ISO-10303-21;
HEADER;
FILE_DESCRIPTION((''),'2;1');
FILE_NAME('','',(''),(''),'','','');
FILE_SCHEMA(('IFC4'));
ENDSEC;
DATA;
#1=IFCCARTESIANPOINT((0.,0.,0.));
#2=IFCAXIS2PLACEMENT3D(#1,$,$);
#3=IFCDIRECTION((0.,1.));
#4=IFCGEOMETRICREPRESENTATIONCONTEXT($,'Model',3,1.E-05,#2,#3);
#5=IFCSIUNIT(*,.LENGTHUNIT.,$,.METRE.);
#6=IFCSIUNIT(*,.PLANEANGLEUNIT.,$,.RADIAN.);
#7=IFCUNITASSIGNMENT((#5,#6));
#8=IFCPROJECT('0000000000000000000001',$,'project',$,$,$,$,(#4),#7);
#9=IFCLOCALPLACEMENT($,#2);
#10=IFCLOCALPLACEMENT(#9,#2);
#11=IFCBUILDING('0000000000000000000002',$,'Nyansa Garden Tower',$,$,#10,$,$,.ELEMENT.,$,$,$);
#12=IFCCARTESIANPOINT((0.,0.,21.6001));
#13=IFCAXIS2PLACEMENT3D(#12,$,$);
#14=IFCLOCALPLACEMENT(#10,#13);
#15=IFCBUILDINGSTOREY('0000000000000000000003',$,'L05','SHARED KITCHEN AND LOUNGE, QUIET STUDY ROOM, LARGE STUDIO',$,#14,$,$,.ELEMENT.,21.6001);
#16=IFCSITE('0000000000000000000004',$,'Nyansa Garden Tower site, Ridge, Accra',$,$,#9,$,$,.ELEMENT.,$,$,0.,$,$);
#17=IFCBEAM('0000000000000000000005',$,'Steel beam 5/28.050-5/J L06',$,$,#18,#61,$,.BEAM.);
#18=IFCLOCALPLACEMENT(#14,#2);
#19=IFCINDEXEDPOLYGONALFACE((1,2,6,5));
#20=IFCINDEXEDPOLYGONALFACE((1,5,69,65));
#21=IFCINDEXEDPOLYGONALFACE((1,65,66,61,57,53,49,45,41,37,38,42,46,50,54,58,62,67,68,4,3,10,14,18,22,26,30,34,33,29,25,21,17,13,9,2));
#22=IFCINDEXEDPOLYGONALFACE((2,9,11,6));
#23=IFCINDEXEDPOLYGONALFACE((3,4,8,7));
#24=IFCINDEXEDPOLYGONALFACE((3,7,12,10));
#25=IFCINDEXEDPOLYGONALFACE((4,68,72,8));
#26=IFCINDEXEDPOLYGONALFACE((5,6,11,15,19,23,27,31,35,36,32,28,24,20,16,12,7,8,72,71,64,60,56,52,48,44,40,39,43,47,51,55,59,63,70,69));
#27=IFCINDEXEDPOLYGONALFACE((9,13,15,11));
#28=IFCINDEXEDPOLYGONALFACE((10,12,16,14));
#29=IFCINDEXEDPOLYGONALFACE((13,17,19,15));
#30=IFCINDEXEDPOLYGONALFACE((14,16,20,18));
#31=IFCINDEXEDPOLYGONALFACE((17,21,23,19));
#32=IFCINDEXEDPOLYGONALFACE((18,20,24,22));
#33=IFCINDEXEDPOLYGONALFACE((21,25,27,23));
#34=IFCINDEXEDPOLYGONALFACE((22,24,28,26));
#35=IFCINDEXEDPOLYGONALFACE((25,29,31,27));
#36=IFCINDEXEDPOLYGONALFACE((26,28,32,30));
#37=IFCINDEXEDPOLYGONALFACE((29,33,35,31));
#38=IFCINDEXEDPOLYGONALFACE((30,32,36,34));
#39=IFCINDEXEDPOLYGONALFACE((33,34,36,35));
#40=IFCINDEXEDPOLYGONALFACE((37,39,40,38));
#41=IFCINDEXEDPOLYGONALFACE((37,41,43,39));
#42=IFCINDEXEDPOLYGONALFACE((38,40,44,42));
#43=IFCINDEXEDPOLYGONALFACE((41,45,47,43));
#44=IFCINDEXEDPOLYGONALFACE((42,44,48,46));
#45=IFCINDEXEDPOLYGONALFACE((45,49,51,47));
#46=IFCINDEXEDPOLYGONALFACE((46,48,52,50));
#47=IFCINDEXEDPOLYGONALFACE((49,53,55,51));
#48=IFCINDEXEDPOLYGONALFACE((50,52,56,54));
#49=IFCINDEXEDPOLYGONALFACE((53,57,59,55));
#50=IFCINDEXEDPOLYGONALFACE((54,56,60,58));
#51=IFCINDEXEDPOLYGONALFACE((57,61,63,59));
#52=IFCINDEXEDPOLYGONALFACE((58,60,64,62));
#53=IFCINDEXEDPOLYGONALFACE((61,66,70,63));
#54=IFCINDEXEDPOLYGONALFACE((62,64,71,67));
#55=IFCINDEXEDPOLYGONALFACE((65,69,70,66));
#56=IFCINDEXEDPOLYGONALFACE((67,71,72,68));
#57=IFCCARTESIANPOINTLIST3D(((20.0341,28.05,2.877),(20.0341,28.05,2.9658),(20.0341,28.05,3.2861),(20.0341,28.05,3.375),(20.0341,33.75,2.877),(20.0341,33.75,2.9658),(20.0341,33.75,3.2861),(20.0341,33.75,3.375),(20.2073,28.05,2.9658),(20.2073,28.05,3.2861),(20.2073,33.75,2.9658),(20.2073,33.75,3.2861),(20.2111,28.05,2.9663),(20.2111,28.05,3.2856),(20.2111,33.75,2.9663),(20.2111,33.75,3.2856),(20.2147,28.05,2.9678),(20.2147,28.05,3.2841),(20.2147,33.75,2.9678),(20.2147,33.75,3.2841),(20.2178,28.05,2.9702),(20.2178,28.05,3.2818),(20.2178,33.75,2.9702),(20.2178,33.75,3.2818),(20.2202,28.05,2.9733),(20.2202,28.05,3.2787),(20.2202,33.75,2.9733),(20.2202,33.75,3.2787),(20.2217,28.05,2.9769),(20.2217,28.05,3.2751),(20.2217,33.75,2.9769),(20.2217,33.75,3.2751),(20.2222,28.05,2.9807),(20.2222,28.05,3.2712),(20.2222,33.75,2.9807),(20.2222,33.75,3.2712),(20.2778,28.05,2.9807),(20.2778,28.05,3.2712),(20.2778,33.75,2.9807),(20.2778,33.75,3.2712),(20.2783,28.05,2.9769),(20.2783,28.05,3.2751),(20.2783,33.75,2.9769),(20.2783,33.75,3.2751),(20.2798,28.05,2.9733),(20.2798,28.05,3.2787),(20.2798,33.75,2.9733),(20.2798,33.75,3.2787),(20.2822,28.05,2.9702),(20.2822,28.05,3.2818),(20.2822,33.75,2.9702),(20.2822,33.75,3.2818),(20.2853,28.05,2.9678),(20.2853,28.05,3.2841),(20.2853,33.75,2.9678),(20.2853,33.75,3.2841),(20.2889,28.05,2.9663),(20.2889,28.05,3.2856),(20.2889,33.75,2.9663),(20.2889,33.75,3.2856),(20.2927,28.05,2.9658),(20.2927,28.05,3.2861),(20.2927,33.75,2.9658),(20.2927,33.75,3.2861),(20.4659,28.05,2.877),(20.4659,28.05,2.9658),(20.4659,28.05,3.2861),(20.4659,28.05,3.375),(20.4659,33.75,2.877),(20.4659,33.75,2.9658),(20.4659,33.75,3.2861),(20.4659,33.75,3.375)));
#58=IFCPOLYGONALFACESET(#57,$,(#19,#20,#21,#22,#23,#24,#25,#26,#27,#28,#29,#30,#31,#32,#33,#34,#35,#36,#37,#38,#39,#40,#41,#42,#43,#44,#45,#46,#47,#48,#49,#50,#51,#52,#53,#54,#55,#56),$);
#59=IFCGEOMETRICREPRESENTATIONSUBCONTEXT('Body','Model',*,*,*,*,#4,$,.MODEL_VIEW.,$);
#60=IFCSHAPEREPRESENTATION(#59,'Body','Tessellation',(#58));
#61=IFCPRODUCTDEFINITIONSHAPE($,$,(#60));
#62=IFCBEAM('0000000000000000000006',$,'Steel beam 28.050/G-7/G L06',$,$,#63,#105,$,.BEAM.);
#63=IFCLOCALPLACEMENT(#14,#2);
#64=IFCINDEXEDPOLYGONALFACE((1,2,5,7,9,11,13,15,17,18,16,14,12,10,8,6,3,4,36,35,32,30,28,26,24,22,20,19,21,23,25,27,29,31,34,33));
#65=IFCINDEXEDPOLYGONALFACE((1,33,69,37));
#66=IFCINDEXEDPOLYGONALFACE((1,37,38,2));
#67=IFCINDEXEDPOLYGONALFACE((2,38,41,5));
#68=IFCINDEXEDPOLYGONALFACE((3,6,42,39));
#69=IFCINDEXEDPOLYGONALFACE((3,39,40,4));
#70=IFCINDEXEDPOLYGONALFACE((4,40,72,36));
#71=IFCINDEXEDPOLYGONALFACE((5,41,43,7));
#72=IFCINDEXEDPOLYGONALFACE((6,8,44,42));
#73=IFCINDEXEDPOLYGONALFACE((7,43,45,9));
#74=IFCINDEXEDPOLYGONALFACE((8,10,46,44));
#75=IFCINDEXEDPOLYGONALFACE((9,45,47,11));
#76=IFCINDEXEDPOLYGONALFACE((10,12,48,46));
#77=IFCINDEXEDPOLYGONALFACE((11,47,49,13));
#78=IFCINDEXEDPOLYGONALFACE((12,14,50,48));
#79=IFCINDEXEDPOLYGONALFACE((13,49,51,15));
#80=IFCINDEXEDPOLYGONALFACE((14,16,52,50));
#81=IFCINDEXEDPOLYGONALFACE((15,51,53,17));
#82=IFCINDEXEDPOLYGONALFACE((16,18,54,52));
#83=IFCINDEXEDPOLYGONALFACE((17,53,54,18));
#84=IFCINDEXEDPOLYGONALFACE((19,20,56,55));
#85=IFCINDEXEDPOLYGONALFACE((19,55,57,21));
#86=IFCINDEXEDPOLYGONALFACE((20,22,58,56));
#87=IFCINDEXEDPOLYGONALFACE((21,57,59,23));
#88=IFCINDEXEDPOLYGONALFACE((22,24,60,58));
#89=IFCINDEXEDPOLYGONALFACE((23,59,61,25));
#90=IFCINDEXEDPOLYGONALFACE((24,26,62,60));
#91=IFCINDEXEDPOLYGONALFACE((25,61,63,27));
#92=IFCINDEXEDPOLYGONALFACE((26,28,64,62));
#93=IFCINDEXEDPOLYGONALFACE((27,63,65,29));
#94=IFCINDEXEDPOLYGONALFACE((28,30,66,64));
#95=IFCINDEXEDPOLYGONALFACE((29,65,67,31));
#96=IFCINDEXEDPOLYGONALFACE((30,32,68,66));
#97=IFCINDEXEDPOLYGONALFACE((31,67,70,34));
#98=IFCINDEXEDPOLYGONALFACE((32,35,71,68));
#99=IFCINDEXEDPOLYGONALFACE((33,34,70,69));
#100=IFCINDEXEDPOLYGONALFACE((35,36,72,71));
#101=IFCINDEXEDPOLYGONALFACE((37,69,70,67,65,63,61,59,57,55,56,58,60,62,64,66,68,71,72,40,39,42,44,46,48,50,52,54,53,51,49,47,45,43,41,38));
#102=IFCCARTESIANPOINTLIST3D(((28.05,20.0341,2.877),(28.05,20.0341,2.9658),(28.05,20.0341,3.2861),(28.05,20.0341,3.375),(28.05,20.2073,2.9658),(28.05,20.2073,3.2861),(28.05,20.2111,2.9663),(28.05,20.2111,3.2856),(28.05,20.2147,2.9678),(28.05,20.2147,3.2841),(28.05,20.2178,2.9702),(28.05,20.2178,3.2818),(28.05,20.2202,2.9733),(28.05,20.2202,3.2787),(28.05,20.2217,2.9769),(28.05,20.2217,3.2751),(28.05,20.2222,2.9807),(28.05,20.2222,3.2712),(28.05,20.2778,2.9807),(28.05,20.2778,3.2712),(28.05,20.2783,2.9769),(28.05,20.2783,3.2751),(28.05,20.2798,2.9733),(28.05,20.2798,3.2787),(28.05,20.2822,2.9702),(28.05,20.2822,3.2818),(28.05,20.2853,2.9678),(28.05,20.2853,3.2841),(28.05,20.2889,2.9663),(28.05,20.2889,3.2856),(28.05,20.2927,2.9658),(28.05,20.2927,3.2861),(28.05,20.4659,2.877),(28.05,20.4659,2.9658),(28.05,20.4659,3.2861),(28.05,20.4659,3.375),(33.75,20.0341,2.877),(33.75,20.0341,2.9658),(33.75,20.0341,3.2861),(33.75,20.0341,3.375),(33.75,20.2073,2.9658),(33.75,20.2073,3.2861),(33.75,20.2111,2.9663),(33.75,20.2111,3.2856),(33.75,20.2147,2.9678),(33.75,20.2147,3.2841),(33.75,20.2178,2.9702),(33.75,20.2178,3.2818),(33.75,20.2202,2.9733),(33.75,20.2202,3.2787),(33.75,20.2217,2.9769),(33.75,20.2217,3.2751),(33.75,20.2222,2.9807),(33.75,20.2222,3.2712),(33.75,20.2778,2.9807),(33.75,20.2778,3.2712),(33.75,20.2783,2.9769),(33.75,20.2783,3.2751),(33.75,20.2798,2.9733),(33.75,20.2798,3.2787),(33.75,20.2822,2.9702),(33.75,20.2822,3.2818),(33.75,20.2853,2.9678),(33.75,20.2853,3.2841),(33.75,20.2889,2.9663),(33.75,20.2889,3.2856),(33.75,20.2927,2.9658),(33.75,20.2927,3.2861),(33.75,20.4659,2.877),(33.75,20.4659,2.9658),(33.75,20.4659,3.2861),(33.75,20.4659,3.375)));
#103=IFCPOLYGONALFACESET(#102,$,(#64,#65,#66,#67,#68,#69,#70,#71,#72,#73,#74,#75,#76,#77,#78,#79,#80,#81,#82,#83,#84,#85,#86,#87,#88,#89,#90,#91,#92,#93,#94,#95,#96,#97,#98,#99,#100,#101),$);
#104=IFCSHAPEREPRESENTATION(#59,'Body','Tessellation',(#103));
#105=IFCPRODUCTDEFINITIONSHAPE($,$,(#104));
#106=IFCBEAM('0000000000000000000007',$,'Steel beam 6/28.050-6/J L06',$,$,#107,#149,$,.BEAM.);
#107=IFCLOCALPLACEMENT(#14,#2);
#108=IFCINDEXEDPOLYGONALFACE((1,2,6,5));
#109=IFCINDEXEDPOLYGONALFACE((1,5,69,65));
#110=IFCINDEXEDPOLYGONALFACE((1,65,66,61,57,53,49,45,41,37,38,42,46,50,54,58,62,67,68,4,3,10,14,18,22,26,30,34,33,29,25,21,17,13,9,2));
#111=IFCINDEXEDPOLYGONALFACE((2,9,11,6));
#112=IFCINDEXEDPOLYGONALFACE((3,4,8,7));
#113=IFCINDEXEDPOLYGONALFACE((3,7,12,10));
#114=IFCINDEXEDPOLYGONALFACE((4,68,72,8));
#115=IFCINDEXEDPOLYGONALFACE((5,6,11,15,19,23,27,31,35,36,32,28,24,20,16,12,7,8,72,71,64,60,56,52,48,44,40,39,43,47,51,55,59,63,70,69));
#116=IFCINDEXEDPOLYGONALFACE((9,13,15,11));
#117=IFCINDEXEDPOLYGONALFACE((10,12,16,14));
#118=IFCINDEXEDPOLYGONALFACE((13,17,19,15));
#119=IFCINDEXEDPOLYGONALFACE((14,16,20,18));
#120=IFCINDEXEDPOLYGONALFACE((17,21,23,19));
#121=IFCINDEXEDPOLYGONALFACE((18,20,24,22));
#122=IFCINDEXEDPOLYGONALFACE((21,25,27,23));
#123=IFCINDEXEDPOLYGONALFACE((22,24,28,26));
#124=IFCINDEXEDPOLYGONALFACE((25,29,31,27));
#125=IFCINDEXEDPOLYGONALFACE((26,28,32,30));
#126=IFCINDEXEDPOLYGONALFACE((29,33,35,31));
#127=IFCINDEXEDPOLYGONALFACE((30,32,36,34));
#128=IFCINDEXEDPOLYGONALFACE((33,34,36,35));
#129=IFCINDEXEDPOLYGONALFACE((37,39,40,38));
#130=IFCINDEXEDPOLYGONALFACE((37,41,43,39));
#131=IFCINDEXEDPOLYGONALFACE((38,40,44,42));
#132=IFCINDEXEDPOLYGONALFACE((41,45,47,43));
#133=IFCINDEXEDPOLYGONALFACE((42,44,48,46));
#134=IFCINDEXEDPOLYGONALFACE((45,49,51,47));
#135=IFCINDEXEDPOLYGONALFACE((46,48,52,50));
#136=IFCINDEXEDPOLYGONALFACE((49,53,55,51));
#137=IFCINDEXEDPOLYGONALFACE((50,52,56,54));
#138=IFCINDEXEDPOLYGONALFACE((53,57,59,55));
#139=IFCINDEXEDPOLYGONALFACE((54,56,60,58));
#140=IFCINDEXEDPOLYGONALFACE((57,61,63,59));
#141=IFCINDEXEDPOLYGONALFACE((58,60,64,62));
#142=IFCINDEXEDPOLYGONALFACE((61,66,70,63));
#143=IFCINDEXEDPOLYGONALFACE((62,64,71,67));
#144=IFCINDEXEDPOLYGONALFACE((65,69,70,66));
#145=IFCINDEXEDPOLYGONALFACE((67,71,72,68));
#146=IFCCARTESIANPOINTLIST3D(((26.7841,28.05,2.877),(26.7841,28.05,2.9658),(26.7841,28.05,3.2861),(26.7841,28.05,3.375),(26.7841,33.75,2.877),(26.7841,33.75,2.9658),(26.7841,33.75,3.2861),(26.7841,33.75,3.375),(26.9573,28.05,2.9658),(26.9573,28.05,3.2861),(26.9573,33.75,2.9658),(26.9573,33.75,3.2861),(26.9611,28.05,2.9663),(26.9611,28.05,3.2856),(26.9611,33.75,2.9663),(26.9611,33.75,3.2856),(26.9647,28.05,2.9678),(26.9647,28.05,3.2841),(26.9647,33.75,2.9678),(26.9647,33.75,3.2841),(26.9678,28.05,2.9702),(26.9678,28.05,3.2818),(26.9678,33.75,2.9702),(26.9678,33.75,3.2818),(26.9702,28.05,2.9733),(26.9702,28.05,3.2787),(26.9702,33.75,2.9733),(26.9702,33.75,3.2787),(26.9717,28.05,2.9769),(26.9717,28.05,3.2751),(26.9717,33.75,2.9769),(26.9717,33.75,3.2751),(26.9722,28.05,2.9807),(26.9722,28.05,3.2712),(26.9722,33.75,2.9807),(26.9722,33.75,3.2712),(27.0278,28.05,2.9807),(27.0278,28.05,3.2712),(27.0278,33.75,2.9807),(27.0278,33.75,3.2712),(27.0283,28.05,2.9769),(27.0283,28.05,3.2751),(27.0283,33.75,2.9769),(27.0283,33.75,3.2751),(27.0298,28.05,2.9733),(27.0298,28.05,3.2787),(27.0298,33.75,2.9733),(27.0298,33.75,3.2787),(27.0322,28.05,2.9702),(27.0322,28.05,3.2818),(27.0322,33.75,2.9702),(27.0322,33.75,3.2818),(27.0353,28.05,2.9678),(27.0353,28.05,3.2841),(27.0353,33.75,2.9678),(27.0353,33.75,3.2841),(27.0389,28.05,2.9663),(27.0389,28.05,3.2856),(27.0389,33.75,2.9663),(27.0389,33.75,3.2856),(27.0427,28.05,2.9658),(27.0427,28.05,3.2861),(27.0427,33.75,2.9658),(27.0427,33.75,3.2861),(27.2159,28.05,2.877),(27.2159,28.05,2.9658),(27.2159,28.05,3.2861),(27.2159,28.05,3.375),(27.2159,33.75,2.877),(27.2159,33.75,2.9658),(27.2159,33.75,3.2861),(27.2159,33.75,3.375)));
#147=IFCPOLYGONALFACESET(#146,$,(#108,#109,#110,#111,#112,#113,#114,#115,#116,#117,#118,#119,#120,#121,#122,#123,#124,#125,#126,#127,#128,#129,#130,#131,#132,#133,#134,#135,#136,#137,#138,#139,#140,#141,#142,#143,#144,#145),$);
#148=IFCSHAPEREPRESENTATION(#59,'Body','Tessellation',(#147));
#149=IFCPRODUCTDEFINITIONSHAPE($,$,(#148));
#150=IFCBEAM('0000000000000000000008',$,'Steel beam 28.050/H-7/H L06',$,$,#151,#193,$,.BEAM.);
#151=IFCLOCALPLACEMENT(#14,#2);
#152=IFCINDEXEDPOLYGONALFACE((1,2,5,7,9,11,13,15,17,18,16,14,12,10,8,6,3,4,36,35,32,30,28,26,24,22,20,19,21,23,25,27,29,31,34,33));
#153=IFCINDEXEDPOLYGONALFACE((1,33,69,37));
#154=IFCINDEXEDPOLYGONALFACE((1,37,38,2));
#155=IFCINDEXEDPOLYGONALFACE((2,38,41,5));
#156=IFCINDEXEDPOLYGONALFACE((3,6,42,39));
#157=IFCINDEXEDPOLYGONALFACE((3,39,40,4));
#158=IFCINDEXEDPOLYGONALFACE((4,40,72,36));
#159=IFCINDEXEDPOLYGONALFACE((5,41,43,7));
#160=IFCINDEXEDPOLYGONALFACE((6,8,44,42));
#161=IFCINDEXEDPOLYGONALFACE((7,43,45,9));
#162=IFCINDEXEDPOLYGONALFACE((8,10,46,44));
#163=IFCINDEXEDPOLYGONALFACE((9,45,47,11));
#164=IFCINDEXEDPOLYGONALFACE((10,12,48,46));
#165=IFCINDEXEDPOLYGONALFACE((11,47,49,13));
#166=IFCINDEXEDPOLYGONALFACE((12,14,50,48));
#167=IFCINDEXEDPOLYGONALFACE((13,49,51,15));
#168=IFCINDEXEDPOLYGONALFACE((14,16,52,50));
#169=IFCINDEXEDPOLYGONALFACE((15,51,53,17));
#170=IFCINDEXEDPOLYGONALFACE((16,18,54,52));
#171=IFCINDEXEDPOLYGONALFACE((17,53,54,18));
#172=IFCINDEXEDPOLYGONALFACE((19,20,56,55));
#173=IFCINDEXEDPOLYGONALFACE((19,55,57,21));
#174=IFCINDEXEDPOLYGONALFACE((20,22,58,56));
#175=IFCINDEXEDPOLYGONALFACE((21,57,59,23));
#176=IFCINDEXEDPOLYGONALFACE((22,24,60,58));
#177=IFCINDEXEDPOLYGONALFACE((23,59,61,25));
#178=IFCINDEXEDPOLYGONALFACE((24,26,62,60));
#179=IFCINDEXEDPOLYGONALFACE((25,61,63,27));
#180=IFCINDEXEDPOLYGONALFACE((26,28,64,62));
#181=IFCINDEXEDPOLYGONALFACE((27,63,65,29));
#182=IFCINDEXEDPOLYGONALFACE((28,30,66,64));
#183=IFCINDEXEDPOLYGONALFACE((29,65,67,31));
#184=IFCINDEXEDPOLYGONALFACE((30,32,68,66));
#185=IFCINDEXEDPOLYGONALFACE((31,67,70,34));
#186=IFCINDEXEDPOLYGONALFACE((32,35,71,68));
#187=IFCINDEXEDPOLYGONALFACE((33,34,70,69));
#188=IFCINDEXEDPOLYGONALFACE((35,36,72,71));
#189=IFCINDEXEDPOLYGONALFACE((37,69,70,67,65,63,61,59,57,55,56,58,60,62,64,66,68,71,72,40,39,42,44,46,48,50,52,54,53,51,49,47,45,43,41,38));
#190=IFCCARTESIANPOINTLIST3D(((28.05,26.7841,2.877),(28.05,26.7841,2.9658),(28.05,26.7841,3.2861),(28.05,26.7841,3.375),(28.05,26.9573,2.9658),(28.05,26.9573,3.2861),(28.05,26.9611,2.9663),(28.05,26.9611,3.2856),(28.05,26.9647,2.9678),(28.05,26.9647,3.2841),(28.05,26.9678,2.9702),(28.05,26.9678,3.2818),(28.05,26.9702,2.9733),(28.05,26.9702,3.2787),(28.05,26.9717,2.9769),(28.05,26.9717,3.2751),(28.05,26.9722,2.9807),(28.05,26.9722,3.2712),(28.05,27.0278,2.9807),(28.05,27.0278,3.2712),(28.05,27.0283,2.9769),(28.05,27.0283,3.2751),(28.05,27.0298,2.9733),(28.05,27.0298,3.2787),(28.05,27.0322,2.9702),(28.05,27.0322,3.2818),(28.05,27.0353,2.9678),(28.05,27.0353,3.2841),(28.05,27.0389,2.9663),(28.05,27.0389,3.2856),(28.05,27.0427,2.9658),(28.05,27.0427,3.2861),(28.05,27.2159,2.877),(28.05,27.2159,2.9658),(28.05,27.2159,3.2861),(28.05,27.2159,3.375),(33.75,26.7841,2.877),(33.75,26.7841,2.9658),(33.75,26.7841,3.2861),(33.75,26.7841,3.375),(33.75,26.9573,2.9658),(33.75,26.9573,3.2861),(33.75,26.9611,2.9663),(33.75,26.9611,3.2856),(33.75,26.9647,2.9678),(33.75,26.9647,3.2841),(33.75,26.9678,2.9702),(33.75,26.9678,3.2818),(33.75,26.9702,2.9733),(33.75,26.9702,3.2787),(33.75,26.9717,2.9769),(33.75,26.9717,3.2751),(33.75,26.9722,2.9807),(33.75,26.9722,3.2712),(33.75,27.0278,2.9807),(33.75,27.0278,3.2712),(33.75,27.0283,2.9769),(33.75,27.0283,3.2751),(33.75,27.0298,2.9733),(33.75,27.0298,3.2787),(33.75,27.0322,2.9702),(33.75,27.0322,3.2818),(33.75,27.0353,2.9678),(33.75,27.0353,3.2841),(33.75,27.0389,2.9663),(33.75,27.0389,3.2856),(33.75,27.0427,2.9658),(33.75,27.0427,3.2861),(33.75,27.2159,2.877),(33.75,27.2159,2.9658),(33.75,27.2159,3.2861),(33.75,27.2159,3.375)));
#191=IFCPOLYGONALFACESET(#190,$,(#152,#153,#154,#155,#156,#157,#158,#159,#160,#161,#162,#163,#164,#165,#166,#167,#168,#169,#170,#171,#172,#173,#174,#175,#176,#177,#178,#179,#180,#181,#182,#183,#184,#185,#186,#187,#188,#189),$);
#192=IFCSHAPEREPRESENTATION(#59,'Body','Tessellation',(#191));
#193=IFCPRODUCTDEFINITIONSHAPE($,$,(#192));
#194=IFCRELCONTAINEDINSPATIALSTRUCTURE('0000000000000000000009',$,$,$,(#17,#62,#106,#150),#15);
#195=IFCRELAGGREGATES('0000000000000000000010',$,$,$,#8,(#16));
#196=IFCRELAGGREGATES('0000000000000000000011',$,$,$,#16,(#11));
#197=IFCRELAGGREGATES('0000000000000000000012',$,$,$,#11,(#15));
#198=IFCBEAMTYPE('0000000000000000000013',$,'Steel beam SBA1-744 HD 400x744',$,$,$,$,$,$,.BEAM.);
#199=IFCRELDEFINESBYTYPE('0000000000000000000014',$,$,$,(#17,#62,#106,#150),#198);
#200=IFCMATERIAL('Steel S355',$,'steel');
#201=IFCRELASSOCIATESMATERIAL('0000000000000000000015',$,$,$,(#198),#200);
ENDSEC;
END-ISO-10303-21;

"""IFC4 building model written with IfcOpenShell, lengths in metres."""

from ifc_helpers import new_model, si_unit, direction, frame, origin, origin_2d, place, context, subcontext, project, spatial, i_section, extrude, material, material_profile, profile_set, type_object, element, save


model = new_model("IFC4")

# Units and contexts
model_context = context("Model", 3, precision=1e-05, world=origin(), true_north=direction((0.0, 1.0)))
body_context = subcontext(model_context, "Body", "Model", "MODEL_VIEW")
ifc_project = project(units=[si_unit("LENGTHUNIT", "METRE"), si_unit("PLANEANGLEUNIT", "RADIAN")], contexts=[model_context])

# Site, building, storey
site_placement = place(None, origin())
site = spatial("IfcSite", under=ifc_project, at=site_placement, Name="Nyansa Garden Tower site, Ridge, Accra", CompositionType="ELEMENT", RefElevation=0.0)
building_placement = place(site_placement, origin())
building = spatial("IfcBuilding", under=site, at=building_placement, Name="Nyansa Garden Tower", CompositionType="ELEMENT")
storey_placement = place(building_placement, frame((0.0, 0.0, 21.6001)))
storey = spatial("IfcBuildingStorey", under=building, at=storey_placement, Name="L05", Description="SHARED KITCHEN AND LOUNGE, QUIET STUDY ROOM, LARGE STUDIO", CompositionType="ELEMENT", Elevation=21.6001)

# Beams
ifc_material_1 = material(Name="Steel S355", Category="steel")
ifc_material_profile_1 = material_profile(ifc_material_1, i_section(OverallWidth=0.4319, OverallDepth=0.498, WebThickness=0.0557, FlangeThickness=0.0889, FilletRadius=0.0149, at=origin_2d()), Name="HD 400x744")
ifc_profile_set_1 = profile_set([ifc_material_profile_1], Name="Steel S355")
beam_type_1 = type_object("IfcBeamType", Name="Steel beam SBA1-744 HD 400x744", PredefinedType="BEAM", material=ifc_profile_set_1)
for number, where, z_axis, x_axis, name in (
    (1, (20.25, 28.05, 3.126), (0.0, 1.0, 0.0), (-1.0, 0.0, 0.0), "Steel beam 5/28.050-5/J L06"),
    (2, (28.05, 20.25, 3.126), (1.0, 0.0, 0.0), (0.0, 1.0, 0.0), "Steel beam 28.050/G-7/G L06"),
    (3, (27.0, 28.05, 3.126), (0.0, 1.0, 0.0), (-1.0, 0.0, 0.0), "Steel beam 6/28.050-6/J L06"),
    (4, (28.05, 27.0, 3.126), (1.0, 0.0, 0.0), (0.0, 1.0, 0.0), "Steel beam 28.050/H-7/H L06"),
):
    element("IfcBeam", number, at=place(storey_placement, frame(where, z_axis=z_axis, x_axis=x_axis)), inside=storey, type_object=beam_type_1, Name=name, PredefinedType="BEAM", context=body_context, shape_type="SweptSolid", body=[
        extrude(i_section(OverallWidth=0.4319, OverallDepth=0.498, WebThickness=0.0557, FlangeThickness=0.0889, FilletRadius=0.0149, at=origin_2d()), origin(), (0.0, 0.0, 1.0), 5.7),
    ])

save(model, "model.ifc")
